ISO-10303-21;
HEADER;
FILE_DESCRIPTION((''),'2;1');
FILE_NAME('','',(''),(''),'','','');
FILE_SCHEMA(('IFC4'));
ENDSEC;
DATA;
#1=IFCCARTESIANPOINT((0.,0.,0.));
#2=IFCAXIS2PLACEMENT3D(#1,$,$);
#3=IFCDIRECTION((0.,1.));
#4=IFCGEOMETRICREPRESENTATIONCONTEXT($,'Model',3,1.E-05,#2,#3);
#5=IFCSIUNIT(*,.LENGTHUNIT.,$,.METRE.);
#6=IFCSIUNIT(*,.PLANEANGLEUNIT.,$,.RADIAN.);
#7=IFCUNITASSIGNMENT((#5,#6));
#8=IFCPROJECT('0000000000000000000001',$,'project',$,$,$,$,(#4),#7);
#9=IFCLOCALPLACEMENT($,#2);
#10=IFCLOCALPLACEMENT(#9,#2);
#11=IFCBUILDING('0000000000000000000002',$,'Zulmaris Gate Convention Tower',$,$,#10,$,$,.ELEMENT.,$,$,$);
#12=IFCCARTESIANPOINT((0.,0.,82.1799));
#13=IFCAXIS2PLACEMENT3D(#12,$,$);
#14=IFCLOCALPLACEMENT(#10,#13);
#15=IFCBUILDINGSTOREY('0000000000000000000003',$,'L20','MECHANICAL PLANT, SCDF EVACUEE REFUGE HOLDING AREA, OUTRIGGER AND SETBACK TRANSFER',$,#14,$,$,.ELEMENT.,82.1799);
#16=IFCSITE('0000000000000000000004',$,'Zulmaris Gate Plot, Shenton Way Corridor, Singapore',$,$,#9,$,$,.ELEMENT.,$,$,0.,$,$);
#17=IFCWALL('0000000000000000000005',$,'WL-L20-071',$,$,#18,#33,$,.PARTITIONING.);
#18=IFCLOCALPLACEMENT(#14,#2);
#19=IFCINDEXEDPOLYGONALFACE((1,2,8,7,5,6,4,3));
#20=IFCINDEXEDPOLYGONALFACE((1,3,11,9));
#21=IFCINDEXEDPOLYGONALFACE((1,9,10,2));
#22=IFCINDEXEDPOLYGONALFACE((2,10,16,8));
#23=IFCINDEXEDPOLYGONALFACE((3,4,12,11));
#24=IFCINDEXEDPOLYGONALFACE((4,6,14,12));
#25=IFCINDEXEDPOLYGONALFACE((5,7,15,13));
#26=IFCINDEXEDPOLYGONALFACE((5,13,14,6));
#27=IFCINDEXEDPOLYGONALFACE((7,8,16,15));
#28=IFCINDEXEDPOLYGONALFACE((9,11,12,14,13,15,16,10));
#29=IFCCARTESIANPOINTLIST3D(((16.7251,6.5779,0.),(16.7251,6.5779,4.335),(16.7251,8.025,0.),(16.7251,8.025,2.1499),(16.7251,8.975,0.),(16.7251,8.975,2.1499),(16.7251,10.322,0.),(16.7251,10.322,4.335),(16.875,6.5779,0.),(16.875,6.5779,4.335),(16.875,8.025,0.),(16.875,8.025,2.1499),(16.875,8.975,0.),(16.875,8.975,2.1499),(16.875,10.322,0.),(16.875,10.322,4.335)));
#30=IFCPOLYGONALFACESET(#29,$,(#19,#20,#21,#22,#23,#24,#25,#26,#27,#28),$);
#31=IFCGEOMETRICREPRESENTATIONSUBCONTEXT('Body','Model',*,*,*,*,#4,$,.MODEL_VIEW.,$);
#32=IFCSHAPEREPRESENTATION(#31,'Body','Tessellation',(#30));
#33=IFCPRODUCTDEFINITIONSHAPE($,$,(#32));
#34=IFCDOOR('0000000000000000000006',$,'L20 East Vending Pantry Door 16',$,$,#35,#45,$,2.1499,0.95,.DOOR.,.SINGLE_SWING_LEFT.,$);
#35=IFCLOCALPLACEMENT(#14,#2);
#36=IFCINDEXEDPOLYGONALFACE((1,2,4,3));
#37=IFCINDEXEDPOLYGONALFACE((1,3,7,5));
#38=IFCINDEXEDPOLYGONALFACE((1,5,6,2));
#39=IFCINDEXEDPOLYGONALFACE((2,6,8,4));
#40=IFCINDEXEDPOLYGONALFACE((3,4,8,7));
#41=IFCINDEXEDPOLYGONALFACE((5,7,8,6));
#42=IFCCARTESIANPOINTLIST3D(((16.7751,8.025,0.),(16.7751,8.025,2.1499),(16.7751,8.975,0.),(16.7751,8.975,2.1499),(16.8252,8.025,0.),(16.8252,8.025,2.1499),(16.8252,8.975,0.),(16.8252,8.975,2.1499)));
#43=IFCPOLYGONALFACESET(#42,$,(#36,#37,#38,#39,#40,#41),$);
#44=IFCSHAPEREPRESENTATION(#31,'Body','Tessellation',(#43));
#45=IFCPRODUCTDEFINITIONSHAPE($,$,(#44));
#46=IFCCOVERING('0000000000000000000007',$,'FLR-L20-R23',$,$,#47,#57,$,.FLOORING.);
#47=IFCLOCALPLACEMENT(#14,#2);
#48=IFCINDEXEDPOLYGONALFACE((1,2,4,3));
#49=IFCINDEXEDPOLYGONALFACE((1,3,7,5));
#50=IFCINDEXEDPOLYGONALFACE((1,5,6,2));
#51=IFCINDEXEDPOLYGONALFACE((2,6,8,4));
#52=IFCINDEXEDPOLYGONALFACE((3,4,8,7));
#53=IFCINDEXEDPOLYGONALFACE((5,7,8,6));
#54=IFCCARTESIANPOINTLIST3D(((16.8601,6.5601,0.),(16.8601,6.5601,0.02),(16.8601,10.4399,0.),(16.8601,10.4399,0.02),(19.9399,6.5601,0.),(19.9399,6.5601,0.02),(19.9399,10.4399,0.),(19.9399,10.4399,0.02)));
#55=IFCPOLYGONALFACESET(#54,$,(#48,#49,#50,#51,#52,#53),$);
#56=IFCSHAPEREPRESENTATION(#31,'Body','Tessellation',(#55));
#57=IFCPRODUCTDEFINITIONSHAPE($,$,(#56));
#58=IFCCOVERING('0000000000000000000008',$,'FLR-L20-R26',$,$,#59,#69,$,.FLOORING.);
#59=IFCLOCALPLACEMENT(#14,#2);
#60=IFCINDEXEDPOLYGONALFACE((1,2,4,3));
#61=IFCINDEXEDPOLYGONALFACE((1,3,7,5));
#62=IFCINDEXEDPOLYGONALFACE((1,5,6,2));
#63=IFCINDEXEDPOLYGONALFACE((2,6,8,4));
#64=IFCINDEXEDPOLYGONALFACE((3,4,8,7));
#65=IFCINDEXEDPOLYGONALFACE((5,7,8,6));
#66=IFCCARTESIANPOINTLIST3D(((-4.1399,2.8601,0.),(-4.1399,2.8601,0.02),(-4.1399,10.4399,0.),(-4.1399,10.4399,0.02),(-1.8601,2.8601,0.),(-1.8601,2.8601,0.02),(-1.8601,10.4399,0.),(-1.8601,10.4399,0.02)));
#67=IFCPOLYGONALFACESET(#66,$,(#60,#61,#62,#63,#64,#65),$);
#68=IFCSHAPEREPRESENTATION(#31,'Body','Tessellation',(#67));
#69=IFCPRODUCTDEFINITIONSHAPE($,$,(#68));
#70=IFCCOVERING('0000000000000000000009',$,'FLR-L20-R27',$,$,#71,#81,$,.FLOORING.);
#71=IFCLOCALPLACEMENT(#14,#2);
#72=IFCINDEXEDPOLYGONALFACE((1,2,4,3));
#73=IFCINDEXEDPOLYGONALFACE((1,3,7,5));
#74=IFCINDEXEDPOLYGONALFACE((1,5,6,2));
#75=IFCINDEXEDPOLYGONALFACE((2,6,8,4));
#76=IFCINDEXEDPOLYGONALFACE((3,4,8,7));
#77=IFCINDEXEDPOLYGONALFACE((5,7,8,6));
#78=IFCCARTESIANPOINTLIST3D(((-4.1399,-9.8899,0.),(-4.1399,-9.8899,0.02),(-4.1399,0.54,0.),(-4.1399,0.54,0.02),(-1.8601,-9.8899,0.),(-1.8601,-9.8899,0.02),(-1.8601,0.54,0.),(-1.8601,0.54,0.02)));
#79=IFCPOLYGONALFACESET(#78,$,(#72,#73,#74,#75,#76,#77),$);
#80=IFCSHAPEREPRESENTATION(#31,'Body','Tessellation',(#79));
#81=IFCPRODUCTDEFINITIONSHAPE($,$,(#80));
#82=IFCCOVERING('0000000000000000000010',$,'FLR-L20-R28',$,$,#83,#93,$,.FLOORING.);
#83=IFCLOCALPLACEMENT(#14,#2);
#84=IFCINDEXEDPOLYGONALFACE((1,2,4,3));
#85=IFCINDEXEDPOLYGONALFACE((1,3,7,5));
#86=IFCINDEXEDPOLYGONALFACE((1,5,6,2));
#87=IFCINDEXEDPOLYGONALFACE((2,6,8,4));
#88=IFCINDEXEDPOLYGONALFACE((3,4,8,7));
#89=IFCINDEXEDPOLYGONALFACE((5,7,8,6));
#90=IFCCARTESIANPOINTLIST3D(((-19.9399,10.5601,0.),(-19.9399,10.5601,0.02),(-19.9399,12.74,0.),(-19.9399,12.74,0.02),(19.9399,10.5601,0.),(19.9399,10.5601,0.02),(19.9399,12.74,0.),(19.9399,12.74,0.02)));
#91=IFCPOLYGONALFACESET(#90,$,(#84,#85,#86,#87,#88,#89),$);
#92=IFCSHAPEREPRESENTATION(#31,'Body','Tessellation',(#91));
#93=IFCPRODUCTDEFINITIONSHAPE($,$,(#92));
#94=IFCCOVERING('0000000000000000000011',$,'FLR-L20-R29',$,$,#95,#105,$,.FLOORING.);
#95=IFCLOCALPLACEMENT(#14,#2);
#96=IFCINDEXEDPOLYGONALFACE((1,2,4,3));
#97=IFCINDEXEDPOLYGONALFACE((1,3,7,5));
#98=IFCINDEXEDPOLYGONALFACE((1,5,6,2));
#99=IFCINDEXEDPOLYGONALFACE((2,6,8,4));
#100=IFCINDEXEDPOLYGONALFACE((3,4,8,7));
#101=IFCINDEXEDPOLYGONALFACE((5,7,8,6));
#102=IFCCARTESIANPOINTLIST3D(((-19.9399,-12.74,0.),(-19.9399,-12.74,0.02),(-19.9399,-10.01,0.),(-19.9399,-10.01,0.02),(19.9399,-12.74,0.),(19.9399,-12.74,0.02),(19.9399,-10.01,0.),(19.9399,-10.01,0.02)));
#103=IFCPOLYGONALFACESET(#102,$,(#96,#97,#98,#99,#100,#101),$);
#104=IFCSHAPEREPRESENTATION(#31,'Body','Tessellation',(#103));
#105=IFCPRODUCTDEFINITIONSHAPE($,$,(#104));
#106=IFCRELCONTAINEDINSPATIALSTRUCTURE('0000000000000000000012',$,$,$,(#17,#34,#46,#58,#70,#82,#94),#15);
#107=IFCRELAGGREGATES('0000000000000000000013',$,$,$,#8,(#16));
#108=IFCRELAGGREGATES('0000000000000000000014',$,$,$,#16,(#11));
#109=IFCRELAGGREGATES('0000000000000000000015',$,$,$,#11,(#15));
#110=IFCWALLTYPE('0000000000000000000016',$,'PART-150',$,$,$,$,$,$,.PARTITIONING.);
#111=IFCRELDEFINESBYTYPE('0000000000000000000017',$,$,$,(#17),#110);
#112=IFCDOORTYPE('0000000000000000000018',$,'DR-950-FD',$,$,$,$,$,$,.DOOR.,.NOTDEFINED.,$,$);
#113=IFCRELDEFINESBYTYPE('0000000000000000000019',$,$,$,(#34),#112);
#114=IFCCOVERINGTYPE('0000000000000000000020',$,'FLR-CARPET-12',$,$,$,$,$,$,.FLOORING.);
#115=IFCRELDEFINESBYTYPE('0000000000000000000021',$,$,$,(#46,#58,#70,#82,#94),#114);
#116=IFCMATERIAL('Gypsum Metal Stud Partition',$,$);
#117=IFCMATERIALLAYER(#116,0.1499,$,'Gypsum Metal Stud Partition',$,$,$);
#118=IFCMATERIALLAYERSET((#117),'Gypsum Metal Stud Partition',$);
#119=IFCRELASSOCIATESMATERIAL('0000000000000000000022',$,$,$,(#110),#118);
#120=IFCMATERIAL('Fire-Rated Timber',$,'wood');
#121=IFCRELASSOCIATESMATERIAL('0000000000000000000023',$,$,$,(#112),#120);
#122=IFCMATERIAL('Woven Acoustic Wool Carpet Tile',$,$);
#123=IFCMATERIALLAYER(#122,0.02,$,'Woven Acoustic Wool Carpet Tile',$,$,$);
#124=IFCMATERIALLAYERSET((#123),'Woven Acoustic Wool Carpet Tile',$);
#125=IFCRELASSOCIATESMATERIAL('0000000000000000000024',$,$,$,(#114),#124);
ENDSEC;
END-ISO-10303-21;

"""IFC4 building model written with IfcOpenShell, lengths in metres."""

from ifc_helpers import new_model, si_unit, direction, frame, frame_2d, origin, place, context, subcontext, project, spatial, polyline, rectangle, outline, extrude, material, layer, layer_set, type_object, element, fill, save


model = new_model("IFC4")

# Units and contexts
model_context = context("Model", 3, precision=1e-05, world=origin(), true_north=direction((0.0, 1.0)))
body_context = subcontext(model_context, "Body", "Model", "MODEL_VIEW")
ifc_project = project(units=[si_unit("LENGTHUNIT", "METRE"), si_unit("PLANEANGLEUNIT", "RADIAN")], contexts=[model_context])

# Site, building, storey
site_placement = place(None, origin())
site = spatial("IfcSite", under=ifc_project, at=site_placement, Name="Zulmaris Gate Plot, Shenton Way Corridor, Singapore", CompositionType="ELEMENT", RefElevation=0.0)
building_placement = place(site_placement, origin())
building = spatial("IfcBuilding", under=site, at=building_placement, Name="Zulmaris Gate Convention Tower", CompositionType="ELEMENT")
storey_placement = place(building_placement, frame((0.0, 0.0, 82.1799)))
storey = spatial("IfcBuildingStorey", under=building, at=storey_placement, Name="L20", Description="MECHANICAL PLANT, SCDF EVACUEE REFUGE HOLDING AREA, OUTRIGGER AND SETBACK TRANSFER", CompositionType="ELEMENT", Elevation=82.1799)

# Shared definitions
ifc_material_1 = material(Name="Gypsum Metal Stud Partition")
ifc_layer_1 = layer(ifc_material_1, 0.1499, Name="Gypsum Metal Stud Partition")
ifc_layer_set_1 = layer_set([ifc_layer_1], Name="Gypsum Metal Stud Partition")
wall_type_1 = type_object("IfcWallType", Name="PART-150", PredefinedType="PARTITIONING", material=ifc_layer_set_1)
ifc_material_2 = material(Name="Fire-Rated Timber", Category="wood")
door_type_1 = type_object("IfcDoorType", Name="DR-950-FD", OperationType="NOTDEFINED", PredefinedType="DOOR", material=ifc_material_2)

# Wall, opening, door
wall_1_placement = place(storey_placement, frame((16.8, 6.5779, 0.0), z_axis=(0.0, 0.0, 1.0), x_axis=(0.0, 1.0, 0.0)))
wall_1 = element("IfcWall", 1, at=wall_1_placement, inside=storey, type_object=wall_type_1, Name="WL-L20-071", PredefinedType="PARTITIONING", context=body_context, shape_type="SweptSolid", body=[
    extrude(rectangle(XDim=3.7441, YDim=0.1499, at=frame_2d((1.8721, 0.0))), origin(), (0.0, 0.0, 1.0), 4.335),
])
opening_1_placement = place(wall_1_placement, frame((1.447, 0.0, 0.0)))
opening_1 = element("IfcOpeningElement", 2, at=opening_1_placement, cuts=wall_1, PredefinedType="OPENING", context=body_context, shape_type="SweptSolid", body=[
    extrude(rectangle(XDim=0.95, YDim=2.1499, at=frame_2d((0.4751, 1.075))), frame((0.0, 0.085, 0.0), z_axis=(0.0, -1.0, 0.0), x_axis=(1.0, 0.0, 0.0)), (0.0, 0.0, 1.0), 0.1699),
])
door_1_placement = place(opening_1_placement, origin())
door_1 = element("IfcDoor", 3, at=door_1_placement, inside=storey, type_object=door_type_1, Name="L20 East Vending Pantry Door 16", OperationType="SINGLE_SWING_LEFT", OverallHeight=2.1499, OverallWidth=0.95, PredefinedType="DOOR", context=body_context, shape_type="SweptSolid", body=[
    extrude(rectangle(XDim=0.95, YDim=2.1499, at=frame_2d((0.4751, 1.075))), frame((0.0, 0.0249, 0.0), z_axis=(0.0, -1.0, 0.0), x_axis=(1.0, 0.0, 0.0)), (0.0, 0.0, 1.0), 0.05),
])
fill(opening_1, door_1)

# Coverings
ifc_material_3 = material(Name="Woven Acoustic Wool Carpet Tile")
ifc_layer_2 = layer(ifc_material_3, 0.02, Name="Woven Acoustic Wool Carpet Tile")
ifc_layer_set_2 = layer_set([ifc_layer_2], Name="Woven Acoustic Wool Carpet Tile")
covering_type = type_object("IfcCoveringType", Name="FLR-CARPET-12", PredefinedType="FLOORING", material=ifc_layer_set_2)
covering_1_placement = place(storey_placement, origin())
element("IfcCovering", 4, at=covering_1_placement, inside=storey, type_object=covering_type, Name="FLR-L20-R23", PredefinedType="FLOORING", context=body_context, shape_type="SweptSolid", body=[
    extrude(outline(polyline([(16.8601, 6.5601), (19.9399, 6.5601), (19.9399, 10.4399), (16.8601, 10.4399), (16.8601, 6.5601)])), origin(), (0.0, 0.0, 1.0), 0.02),
])
covering_2_placement = place(storey_placement, origin())
element("IfcCovering", 5, at=covering_2_placement, inside=storey, type_object=covering_type, Name="FLR-L20-R26", PredefinedType="FLOORING", context=body_context, shape_type="SweptSolid", body=[
    extrude(outline(polyline([(-4.1399, 2.8601), (-1.8601, 2.8601), (-1.8601, 10.4399), (-4.1399, 10.4399), (-4.1399, 2.8601)])), origin(), (0.0, 0.0, 1.0), 0.02),
])
covering_3_placement = place(storey_placement, origin())
element("IfcCovering", 6, at=covering_3_placement, inside=storey, type_object=covering_type, Name="FLR-L20-R27", PredefinedType="FLOORING", context=body_context, shape_type="SweptSolid", body=[
    extrude(outline(polyline([(-4.1399, -9.8899), (-1.8601, -9.8899), (-1.8601, 0.54), (-4.1399, 0.54), (-4.1399, -9.8899)])), origin(), (0.0, 0.0, 1.0), 0.02),
])
covering_4_placement = place(storey_placement, origin())
element("IfcCovering", 7, at=covering_4_placement, inside=storey, type_object=covering_type, Name="FLR-L20-R28", PredefinedType="FLOORING", context=body_context, shape_type="SweptSolid", body=[
    extrude(outline(polyline([(-19.9399, 10.5601), (19.9399, 10.5601), (19.9399, 12.74), (-19.9399, 12.74), (-19.9399, 10.5601)])), origin(), (0.0, 0.0, 1.0), 0.02),
])
covering_5_placement = place(storey_placement, origin())
element("IfcCovering", 8, at=covering_5_placement, inside=storey, type_object=covering_type, Name="FLR-L20-R29", PredefinedType="FLOORING", context=body_context, shape_type="SweptSolid", body=[
    extrude(outline(polyline([(-19.9399, -12.74), (19.9399, -12.74), (19.9399, -10.01), (-19.9399, -10.01), (-19.9399, -12.74)])), origin(), (0.0, 0.0, 1.0), 0.02),
])

save(model, "model.ifc")
